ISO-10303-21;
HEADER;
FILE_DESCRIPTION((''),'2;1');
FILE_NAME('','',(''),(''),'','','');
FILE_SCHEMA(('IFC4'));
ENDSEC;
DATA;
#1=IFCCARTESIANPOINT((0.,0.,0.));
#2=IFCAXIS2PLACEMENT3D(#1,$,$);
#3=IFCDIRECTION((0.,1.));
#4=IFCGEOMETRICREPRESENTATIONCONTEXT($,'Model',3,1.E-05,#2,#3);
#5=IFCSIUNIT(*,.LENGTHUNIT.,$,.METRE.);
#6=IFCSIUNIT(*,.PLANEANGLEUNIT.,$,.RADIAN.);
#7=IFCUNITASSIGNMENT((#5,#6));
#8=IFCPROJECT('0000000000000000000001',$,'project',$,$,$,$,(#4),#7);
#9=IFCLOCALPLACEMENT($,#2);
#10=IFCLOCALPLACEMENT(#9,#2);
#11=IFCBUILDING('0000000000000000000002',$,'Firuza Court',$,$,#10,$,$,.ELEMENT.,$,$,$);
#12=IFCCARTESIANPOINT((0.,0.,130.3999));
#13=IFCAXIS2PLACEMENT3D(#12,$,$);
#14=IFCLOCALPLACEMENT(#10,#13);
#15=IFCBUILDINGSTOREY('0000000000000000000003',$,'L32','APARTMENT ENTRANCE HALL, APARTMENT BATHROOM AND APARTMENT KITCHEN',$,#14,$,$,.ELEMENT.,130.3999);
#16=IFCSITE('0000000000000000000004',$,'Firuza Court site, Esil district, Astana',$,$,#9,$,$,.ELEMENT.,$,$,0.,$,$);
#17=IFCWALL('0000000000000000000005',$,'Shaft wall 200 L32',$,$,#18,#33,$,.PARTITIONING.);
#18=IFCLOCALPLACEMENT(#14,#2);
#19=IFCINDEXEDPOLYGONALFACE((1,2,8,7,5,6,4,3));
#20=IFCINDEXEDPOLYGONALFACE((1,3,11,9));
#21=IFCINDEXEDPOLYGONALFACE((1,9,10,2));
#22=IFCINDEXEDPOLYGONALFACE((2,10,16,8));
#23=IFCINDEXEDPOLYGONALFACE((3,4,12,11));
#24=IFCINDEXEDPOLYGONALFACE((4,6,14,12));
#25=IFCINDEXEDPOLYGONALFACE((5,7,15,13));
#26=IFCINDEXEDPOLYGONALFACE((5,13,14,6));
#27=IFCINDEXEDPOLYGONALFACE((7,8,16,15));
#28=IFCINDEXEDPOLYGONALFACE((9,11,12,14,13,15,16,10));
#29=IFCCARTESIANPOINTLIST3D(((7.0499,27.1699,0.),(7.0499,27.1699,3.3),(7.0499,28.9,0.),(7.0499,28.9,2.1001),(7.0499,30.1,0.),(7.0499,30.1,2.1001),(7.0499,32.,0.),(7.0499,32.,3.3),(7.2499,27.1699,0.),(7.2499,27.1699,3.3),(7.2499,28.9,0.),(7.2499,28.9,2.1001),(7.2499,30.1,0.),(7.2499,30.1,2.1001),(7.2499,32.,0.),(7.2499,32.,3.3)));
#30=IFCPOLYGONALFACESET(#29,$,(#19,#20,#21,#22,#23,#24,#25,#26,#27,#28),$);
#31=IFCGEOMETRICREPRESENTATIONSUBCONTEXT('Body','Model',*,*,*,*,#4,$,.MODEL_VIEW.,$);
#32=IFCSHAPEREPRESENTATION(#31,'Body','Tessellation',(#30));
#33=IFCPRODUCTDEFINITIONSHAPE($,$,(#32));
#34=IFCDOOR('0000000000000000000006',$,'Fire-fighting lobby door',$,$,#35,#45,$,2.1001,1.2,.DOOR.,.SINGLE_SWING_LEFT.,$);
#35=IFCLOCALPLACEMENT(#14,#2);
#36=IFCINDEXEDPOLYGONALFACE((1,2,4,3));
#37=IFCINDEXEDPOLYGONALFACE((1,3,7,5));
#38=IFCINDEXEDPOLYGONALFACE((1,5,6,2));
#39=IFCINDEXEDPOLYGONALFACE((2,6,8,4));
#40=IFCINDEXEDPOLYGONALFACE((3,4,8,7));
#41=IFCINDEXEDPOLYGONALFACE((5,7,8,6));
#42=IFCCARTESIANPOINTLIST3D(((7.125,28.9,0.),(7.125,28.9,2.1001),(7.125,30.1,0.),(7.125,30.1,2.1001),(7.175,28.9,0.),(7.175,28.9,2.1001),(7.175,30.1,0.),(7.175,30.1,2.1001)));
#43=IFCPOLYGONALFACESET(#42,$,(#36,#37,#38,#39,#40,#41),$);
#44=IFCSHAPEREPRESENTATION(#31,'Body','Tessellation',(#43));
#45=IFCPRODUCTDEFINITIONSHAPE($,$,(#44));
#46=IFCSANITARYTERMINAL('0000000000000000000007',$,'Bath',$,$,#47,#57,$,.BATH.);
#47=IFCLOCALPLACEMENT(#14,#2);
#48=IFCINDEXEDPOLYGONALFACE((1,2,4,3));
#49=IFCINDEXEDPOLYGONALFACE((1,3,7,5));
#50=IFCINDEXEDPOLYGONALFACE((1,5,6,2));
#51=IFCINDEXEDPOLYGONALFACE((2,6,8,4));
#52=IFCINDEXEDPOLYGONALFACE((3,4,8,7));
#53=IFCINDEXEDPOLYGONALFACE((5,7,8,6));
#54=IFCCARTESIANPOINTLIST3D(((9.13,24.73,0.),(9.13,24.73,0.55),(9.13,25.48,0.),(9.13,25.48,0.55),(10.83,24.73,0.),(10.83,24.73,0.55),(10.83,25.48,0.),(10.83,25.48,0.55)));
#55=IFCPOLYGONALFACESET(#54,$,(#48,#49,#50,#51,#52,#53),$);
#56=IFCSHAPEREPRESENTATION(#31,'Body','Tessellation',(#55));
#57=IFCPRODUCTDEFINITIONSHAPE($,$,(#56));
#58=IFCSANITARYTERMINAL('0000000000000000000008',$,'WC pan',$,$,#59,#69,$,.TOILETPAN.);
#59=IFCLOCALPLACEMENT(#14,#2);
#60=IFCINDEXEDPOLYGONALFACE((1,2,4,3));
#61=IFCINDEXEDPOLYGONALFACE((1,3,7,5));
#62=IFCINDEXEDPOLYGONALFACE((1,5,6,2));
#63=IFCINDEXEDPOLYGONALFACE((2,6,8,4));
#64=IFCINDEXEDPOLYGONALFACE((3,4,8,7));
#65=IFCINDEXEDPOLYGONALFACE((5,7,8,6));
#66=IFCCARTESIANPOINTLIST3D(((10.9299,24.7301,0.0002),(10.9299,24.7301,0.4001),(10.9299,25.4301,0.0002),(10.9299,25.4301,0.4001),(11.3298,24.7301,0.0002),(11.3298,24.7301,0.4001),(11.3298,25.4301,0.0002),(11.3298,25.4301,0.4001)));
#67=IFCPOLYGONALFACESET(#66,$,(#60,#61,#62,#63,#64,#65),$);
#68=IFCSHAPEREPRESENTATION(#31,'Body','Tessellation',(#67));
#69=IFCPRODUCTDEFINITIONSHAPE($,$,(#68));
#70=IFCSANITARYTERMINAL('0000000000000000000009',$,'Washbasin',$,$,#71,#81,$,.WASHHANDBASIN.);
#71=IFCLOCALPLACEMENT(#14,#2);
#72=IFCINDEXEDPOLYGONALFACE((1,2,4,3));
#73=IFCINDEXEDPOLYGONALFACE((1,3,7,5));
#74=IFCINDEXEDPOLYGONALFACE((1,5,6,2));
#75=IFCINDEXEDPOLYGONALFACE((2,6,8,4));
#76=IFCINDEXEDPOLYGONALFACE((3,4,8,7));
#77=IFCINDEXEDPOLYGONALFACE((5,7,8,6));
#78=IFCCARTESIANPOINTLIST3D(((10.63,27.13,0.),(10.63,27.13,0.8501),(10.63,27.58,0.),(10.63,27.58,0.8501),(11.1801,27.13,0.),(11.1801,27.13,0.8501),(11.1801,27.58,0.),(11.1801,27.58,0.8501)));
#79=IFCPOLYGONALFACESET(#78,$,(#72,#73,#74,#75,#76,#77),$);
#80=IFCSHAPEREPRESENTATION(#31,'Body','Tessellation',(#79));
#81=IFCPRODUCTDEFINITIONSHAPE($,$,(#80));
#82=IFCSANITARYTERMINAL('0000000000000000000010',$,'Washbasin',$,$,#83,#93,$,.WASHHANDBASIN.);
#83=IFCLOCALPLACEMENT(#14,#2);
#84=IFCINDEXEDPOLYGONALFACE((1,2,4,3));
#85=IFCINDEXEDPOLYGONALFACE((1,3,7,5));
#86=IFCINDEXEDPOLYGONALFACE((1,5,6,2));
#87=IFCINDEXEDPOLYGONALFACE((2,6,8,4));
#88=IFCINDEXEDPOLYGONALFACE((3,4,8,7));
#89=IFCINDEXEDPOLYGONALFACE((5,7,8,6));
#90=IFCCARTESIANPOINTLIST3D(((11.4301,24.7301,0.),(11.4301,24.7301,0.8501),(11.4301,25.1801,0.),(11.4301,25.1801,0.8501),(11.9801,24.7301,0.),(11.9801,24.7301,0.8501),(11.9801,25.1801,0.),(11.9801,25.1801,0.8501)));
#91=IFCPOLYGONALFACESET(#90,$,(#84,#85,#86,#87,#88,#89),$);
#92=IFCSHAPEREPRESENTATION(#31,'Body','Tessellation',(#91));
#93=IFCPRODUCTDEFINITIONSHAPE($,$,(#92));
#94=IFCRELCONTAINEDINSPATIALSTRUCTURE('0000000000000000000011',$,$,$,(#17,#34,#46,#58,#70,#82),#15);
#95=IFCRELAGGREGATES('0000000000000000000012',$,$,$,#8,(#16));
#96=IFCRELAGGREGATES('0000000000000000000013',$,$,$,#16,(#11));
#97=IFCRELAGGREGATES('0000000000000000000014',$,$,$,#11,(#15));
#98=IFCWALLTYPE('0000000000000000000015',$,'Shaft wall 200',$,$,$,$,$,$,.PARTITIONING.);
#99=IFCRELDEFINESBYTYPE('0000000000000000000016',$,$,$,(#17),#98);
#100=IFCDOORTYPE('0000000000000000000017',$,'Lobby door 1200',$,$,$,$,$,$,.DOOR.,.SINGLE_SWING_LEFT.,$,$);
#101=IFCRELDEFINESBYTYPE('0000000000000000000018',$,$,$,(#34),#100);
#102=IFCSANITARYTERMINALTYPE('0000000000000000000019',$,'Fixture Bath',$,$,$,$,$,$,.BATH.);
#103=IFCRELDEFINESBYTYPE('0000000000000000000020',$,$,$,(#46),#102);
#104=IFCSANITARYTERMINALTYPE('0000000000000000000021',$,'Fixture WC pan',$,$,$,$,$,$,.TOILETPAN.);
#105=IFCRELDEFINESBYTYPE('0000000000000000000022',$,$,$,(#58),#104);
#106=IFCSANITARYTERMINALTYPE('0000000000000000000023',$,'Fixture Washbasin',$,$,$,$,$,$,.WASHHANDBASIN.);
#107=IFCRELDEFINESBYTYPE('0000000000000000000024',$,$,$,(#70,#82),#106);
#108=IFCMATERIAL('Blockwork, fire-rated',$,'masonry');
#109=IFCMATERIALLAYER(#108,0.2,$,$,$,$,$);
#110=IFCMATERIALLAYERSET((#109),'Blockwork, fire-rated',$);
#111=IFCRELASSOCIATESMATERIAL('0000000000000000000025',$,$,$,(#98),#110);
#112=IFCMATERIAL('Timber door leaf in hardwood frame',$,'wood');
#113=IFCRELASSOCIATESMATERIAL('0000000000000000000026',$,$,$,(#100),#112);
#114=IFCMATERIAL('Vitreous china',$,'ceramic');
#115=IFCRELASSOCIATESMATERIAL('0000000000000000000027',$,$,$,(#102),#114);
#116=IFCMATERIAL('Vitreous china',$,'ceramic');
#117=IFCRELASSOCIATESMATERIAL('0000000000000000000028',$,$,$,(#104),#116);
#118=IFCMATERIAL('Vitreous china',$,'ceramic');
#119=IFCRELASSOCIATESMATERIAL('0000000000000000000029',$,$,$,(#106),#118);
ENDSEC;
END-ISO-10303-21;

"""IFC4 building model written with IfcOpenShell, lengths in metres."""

from ifc_helpers import new_model, si_unit, direction, frame, frame_2d, origin, origin_2d, place, context, subcontext, project, spatial, rectangle, extrude, material, layer, layer_set, type_object, element, fill, save


model = new_model("IFC4")

# Units and contexts
model_context = context("Model", 3, precision=1e-05, world=origin(), true_north=direction((0.0, 1.0)))
body_context = subcontext(model_context, "Body", "Model", "MODEL_VIEW")
ifc_project = project(units=[si_unit("LENGTHUNIT", "METRE"), si_unit("PLANEANGLEUNIT", "RADIAN")], contexts=[model_context])

# Site, building, storey
site_placement = place(None, origin())
site = spatial("IfcSite", under=ifc_project, at=site_placement, Name="Firuza Court site, Esil district, Astana", CompositionType="ELEMENT", RefElevation=0.0)
building_placement = place(site_placement, origin())
building = spatial("IfcBuilding", under=site, at=building_placement, Name="Firuza Court", CompositionType="ELEMENT")
storey_placement = place(building_placement, frame((0.0, 0.0, 130.3999)))
storey = spatial("IfcBuildingStorey", under=building, at=storey_placement, Name="L32", Description="APARTMENT ENTRANCE HALL, APARTMENT BATHROOM AND APARTMENT KITCHEN", CompositionType="ELEMENT", Elevation=130.3999)

# Wall, opening, door
ifc_material_1 = material(Name="Blockwork, fire-rated", Category="masonry")
ifc_layer_1 = layer(ifc_material_1, 0.2)
ifc_layer_set_1 = layer_set([ifc_layer_1], Name="Blockwork, fire-rated")
wall_type_1 = type_object("IfcWallType", Name="Shaft wall 200", PredefinedType="PARTITIONING", material=ifc_layer_set_1)
wall_1_placement = place(storey_placement, frame((7.1499, 27.1699, 0.0), z_axis=(0.0, 0.0, 1.0), x_axis=(0.0, 1.0, 0.0)))
wall_1 = element("IfcWall", 1, at=wall_1_placement, inside=storey, type_object=wall_type_1, Name="Shaft wall 200 L32", PredefinedType="PARTITIONING", context=body_context, shape_type="SweptSolid", body=[
    extrude(rectangle(XDim=4.8301, YDim=0.2, at=frame_2d((2.415, 0.0))), origin(), (0.0, 0.0, 1.0), 3.3),
])
opening_1_placement = place(wall_1_placement, frame((1.73, 0.0, 0.0)))
opening_1 = element("IfcOpeningElement", 2, at=opening_1_placement, cuts=wall_1, PredefinedType="OPENING", context=body_context, shape_type="SweptSolid", body=[
    extrude(rectangle(XDim=1.2, YDim=2.1001, at=frame_2d((0.6001, 1.05))), frame((0.0, 0.1118, 0.0), z_axis=(0.0, -1.0, 0.0), x_axis=(1.0, 0.0, 0.0)), (0.0, 0.0, 1.0), 0.2239),
])
ifc_material_2 = material(Name="Timber door leaf in hardwood frame", Category="wood")
door_type_1 = type_object("IfcDoorType", Name="Lobby door 1200", OperationType="SINGLE_SWING_LEFT", PredefinedType="DOOR", material=ifc_material_2)
door_1_placement = place(opening_1_placement, origin())
door_1 = element("IfcDoor", 3, at=door_1_placement, inside=storey, type_object=door_type_1, Name="Fire-fighting lobby door", OperationType="SINGLE_SWING_LEFT", OverallHeight=2.1001, OverallWidth=1.2, PredefinedType="DOOR", context=body_context, shape_type="SweptSolid", body=[
    extrude(rectangle(XDim=1.2, YDim=2.1001, at=frame_2d((0.6001, 1.05))), frame((0.0, 0.0249, 0.0), z_axis=(0.0, -1.0, 0.0), x_axis=(1.0, 0.0, 0.0)), (0.0, 0.0, 1.0), 0.05),
])
fill(opening_1, door_1)

# Sanitary terminals
ifc_material_3 = material(Name="Vitreous china", Category="ceramic")
sanitary_terminal_type_1 = type_object("IfcSanitaryTerminalType", Name="Fixture Bath", PredefinedType="BATH", material=ifc_material_3)
sanitary_terminal_1_placement = place(storey_placement, frame((9.98, 25.105, 0.0), z_axis=(0.0, 0.0, 1.0), x_axis=(1.0, 0.0, 0.0)))
element("IfcSanitaryTerminal", 4, at=sanitary_terminal_1_placement, inside=storey, type_object=sanitary_terminal_type_1, Name="Bath", PredefinedType="BATH", context=body_context, shape_type="SweptSolid", body=[
    extrude(rectangle(XDim=1.7, YDim=0.75, at=origin_2d()), origin(), (0.0, 0.0, 1.0), 0.55),
])
ifc_material_4 = material(Name="Vitreous china", Category="ceramic")
sanitary_terminal_type_2 = type_object("IfcSanitaryTerminalType", Name="Fixture WC pan", PredefinedType="TOILETPAN", material=ifc_material_4)
sanitary_terminal_2_placement = place(storey_placement, frame((11.1299, 25.0801, 0.0002), z_axis=(0.0, 0.0, 1.0), x_axis=(1.0, 0.0, 0.0)))
element("IfcSanitaryTerminal", 5, at=sanitary_terminal_2_placement, inside=storey, type_object=sanitary_terminal_type_2, Name="WC pan", PredefinedType="TOILETPAN", context=body_context, shape_type="SweptSolid", body=[
    extrude(rectangle(XDim=0.3999, YDim=0.7, at=origin_2d()), origin(), (0.0, 0.0, 1.0), 0.3999),
])
ifc_material_5 = material(Name="Vitreous china", Category="ceramic")
sanitary_terminal_type_3 = type_object("IfcSanitaryTerminalType", Name="Fixture Washbasin", PredefinedType="WASHHANDBASIN", material=ifc_material_5)
for number, where, z_axis, x_axis, name in (
    (6, (10.905, 27.355, 0.0), (0.0, 0.0, 1.0), (1.0, 0.0, 0.0), "Washbasin"),
    (7, (11.7051, 24.9551, 0.0), (0.0, 0.0, 1.0), (1.0, 0.0, 0.0), "Washbasin"),
):
    element("IfcSanitaryTerminal", number, at=place(storey_placement, frame(where, z_axis=z_axis, x_axis=x_axis)), inside=storey, type_object=sanitary_terminal_type_3, Name=name, PredefinedType="WASHHANDBASIN", context=body_context, shape_type="SweptSolid", body=[
        extrude(rectangle(XDim=0.55, YDim=0.45, at=origin_2d()), origin(), (0.0, 0.0, 1.0), 0.8501),
    ])

save(model, "model.ifc")
